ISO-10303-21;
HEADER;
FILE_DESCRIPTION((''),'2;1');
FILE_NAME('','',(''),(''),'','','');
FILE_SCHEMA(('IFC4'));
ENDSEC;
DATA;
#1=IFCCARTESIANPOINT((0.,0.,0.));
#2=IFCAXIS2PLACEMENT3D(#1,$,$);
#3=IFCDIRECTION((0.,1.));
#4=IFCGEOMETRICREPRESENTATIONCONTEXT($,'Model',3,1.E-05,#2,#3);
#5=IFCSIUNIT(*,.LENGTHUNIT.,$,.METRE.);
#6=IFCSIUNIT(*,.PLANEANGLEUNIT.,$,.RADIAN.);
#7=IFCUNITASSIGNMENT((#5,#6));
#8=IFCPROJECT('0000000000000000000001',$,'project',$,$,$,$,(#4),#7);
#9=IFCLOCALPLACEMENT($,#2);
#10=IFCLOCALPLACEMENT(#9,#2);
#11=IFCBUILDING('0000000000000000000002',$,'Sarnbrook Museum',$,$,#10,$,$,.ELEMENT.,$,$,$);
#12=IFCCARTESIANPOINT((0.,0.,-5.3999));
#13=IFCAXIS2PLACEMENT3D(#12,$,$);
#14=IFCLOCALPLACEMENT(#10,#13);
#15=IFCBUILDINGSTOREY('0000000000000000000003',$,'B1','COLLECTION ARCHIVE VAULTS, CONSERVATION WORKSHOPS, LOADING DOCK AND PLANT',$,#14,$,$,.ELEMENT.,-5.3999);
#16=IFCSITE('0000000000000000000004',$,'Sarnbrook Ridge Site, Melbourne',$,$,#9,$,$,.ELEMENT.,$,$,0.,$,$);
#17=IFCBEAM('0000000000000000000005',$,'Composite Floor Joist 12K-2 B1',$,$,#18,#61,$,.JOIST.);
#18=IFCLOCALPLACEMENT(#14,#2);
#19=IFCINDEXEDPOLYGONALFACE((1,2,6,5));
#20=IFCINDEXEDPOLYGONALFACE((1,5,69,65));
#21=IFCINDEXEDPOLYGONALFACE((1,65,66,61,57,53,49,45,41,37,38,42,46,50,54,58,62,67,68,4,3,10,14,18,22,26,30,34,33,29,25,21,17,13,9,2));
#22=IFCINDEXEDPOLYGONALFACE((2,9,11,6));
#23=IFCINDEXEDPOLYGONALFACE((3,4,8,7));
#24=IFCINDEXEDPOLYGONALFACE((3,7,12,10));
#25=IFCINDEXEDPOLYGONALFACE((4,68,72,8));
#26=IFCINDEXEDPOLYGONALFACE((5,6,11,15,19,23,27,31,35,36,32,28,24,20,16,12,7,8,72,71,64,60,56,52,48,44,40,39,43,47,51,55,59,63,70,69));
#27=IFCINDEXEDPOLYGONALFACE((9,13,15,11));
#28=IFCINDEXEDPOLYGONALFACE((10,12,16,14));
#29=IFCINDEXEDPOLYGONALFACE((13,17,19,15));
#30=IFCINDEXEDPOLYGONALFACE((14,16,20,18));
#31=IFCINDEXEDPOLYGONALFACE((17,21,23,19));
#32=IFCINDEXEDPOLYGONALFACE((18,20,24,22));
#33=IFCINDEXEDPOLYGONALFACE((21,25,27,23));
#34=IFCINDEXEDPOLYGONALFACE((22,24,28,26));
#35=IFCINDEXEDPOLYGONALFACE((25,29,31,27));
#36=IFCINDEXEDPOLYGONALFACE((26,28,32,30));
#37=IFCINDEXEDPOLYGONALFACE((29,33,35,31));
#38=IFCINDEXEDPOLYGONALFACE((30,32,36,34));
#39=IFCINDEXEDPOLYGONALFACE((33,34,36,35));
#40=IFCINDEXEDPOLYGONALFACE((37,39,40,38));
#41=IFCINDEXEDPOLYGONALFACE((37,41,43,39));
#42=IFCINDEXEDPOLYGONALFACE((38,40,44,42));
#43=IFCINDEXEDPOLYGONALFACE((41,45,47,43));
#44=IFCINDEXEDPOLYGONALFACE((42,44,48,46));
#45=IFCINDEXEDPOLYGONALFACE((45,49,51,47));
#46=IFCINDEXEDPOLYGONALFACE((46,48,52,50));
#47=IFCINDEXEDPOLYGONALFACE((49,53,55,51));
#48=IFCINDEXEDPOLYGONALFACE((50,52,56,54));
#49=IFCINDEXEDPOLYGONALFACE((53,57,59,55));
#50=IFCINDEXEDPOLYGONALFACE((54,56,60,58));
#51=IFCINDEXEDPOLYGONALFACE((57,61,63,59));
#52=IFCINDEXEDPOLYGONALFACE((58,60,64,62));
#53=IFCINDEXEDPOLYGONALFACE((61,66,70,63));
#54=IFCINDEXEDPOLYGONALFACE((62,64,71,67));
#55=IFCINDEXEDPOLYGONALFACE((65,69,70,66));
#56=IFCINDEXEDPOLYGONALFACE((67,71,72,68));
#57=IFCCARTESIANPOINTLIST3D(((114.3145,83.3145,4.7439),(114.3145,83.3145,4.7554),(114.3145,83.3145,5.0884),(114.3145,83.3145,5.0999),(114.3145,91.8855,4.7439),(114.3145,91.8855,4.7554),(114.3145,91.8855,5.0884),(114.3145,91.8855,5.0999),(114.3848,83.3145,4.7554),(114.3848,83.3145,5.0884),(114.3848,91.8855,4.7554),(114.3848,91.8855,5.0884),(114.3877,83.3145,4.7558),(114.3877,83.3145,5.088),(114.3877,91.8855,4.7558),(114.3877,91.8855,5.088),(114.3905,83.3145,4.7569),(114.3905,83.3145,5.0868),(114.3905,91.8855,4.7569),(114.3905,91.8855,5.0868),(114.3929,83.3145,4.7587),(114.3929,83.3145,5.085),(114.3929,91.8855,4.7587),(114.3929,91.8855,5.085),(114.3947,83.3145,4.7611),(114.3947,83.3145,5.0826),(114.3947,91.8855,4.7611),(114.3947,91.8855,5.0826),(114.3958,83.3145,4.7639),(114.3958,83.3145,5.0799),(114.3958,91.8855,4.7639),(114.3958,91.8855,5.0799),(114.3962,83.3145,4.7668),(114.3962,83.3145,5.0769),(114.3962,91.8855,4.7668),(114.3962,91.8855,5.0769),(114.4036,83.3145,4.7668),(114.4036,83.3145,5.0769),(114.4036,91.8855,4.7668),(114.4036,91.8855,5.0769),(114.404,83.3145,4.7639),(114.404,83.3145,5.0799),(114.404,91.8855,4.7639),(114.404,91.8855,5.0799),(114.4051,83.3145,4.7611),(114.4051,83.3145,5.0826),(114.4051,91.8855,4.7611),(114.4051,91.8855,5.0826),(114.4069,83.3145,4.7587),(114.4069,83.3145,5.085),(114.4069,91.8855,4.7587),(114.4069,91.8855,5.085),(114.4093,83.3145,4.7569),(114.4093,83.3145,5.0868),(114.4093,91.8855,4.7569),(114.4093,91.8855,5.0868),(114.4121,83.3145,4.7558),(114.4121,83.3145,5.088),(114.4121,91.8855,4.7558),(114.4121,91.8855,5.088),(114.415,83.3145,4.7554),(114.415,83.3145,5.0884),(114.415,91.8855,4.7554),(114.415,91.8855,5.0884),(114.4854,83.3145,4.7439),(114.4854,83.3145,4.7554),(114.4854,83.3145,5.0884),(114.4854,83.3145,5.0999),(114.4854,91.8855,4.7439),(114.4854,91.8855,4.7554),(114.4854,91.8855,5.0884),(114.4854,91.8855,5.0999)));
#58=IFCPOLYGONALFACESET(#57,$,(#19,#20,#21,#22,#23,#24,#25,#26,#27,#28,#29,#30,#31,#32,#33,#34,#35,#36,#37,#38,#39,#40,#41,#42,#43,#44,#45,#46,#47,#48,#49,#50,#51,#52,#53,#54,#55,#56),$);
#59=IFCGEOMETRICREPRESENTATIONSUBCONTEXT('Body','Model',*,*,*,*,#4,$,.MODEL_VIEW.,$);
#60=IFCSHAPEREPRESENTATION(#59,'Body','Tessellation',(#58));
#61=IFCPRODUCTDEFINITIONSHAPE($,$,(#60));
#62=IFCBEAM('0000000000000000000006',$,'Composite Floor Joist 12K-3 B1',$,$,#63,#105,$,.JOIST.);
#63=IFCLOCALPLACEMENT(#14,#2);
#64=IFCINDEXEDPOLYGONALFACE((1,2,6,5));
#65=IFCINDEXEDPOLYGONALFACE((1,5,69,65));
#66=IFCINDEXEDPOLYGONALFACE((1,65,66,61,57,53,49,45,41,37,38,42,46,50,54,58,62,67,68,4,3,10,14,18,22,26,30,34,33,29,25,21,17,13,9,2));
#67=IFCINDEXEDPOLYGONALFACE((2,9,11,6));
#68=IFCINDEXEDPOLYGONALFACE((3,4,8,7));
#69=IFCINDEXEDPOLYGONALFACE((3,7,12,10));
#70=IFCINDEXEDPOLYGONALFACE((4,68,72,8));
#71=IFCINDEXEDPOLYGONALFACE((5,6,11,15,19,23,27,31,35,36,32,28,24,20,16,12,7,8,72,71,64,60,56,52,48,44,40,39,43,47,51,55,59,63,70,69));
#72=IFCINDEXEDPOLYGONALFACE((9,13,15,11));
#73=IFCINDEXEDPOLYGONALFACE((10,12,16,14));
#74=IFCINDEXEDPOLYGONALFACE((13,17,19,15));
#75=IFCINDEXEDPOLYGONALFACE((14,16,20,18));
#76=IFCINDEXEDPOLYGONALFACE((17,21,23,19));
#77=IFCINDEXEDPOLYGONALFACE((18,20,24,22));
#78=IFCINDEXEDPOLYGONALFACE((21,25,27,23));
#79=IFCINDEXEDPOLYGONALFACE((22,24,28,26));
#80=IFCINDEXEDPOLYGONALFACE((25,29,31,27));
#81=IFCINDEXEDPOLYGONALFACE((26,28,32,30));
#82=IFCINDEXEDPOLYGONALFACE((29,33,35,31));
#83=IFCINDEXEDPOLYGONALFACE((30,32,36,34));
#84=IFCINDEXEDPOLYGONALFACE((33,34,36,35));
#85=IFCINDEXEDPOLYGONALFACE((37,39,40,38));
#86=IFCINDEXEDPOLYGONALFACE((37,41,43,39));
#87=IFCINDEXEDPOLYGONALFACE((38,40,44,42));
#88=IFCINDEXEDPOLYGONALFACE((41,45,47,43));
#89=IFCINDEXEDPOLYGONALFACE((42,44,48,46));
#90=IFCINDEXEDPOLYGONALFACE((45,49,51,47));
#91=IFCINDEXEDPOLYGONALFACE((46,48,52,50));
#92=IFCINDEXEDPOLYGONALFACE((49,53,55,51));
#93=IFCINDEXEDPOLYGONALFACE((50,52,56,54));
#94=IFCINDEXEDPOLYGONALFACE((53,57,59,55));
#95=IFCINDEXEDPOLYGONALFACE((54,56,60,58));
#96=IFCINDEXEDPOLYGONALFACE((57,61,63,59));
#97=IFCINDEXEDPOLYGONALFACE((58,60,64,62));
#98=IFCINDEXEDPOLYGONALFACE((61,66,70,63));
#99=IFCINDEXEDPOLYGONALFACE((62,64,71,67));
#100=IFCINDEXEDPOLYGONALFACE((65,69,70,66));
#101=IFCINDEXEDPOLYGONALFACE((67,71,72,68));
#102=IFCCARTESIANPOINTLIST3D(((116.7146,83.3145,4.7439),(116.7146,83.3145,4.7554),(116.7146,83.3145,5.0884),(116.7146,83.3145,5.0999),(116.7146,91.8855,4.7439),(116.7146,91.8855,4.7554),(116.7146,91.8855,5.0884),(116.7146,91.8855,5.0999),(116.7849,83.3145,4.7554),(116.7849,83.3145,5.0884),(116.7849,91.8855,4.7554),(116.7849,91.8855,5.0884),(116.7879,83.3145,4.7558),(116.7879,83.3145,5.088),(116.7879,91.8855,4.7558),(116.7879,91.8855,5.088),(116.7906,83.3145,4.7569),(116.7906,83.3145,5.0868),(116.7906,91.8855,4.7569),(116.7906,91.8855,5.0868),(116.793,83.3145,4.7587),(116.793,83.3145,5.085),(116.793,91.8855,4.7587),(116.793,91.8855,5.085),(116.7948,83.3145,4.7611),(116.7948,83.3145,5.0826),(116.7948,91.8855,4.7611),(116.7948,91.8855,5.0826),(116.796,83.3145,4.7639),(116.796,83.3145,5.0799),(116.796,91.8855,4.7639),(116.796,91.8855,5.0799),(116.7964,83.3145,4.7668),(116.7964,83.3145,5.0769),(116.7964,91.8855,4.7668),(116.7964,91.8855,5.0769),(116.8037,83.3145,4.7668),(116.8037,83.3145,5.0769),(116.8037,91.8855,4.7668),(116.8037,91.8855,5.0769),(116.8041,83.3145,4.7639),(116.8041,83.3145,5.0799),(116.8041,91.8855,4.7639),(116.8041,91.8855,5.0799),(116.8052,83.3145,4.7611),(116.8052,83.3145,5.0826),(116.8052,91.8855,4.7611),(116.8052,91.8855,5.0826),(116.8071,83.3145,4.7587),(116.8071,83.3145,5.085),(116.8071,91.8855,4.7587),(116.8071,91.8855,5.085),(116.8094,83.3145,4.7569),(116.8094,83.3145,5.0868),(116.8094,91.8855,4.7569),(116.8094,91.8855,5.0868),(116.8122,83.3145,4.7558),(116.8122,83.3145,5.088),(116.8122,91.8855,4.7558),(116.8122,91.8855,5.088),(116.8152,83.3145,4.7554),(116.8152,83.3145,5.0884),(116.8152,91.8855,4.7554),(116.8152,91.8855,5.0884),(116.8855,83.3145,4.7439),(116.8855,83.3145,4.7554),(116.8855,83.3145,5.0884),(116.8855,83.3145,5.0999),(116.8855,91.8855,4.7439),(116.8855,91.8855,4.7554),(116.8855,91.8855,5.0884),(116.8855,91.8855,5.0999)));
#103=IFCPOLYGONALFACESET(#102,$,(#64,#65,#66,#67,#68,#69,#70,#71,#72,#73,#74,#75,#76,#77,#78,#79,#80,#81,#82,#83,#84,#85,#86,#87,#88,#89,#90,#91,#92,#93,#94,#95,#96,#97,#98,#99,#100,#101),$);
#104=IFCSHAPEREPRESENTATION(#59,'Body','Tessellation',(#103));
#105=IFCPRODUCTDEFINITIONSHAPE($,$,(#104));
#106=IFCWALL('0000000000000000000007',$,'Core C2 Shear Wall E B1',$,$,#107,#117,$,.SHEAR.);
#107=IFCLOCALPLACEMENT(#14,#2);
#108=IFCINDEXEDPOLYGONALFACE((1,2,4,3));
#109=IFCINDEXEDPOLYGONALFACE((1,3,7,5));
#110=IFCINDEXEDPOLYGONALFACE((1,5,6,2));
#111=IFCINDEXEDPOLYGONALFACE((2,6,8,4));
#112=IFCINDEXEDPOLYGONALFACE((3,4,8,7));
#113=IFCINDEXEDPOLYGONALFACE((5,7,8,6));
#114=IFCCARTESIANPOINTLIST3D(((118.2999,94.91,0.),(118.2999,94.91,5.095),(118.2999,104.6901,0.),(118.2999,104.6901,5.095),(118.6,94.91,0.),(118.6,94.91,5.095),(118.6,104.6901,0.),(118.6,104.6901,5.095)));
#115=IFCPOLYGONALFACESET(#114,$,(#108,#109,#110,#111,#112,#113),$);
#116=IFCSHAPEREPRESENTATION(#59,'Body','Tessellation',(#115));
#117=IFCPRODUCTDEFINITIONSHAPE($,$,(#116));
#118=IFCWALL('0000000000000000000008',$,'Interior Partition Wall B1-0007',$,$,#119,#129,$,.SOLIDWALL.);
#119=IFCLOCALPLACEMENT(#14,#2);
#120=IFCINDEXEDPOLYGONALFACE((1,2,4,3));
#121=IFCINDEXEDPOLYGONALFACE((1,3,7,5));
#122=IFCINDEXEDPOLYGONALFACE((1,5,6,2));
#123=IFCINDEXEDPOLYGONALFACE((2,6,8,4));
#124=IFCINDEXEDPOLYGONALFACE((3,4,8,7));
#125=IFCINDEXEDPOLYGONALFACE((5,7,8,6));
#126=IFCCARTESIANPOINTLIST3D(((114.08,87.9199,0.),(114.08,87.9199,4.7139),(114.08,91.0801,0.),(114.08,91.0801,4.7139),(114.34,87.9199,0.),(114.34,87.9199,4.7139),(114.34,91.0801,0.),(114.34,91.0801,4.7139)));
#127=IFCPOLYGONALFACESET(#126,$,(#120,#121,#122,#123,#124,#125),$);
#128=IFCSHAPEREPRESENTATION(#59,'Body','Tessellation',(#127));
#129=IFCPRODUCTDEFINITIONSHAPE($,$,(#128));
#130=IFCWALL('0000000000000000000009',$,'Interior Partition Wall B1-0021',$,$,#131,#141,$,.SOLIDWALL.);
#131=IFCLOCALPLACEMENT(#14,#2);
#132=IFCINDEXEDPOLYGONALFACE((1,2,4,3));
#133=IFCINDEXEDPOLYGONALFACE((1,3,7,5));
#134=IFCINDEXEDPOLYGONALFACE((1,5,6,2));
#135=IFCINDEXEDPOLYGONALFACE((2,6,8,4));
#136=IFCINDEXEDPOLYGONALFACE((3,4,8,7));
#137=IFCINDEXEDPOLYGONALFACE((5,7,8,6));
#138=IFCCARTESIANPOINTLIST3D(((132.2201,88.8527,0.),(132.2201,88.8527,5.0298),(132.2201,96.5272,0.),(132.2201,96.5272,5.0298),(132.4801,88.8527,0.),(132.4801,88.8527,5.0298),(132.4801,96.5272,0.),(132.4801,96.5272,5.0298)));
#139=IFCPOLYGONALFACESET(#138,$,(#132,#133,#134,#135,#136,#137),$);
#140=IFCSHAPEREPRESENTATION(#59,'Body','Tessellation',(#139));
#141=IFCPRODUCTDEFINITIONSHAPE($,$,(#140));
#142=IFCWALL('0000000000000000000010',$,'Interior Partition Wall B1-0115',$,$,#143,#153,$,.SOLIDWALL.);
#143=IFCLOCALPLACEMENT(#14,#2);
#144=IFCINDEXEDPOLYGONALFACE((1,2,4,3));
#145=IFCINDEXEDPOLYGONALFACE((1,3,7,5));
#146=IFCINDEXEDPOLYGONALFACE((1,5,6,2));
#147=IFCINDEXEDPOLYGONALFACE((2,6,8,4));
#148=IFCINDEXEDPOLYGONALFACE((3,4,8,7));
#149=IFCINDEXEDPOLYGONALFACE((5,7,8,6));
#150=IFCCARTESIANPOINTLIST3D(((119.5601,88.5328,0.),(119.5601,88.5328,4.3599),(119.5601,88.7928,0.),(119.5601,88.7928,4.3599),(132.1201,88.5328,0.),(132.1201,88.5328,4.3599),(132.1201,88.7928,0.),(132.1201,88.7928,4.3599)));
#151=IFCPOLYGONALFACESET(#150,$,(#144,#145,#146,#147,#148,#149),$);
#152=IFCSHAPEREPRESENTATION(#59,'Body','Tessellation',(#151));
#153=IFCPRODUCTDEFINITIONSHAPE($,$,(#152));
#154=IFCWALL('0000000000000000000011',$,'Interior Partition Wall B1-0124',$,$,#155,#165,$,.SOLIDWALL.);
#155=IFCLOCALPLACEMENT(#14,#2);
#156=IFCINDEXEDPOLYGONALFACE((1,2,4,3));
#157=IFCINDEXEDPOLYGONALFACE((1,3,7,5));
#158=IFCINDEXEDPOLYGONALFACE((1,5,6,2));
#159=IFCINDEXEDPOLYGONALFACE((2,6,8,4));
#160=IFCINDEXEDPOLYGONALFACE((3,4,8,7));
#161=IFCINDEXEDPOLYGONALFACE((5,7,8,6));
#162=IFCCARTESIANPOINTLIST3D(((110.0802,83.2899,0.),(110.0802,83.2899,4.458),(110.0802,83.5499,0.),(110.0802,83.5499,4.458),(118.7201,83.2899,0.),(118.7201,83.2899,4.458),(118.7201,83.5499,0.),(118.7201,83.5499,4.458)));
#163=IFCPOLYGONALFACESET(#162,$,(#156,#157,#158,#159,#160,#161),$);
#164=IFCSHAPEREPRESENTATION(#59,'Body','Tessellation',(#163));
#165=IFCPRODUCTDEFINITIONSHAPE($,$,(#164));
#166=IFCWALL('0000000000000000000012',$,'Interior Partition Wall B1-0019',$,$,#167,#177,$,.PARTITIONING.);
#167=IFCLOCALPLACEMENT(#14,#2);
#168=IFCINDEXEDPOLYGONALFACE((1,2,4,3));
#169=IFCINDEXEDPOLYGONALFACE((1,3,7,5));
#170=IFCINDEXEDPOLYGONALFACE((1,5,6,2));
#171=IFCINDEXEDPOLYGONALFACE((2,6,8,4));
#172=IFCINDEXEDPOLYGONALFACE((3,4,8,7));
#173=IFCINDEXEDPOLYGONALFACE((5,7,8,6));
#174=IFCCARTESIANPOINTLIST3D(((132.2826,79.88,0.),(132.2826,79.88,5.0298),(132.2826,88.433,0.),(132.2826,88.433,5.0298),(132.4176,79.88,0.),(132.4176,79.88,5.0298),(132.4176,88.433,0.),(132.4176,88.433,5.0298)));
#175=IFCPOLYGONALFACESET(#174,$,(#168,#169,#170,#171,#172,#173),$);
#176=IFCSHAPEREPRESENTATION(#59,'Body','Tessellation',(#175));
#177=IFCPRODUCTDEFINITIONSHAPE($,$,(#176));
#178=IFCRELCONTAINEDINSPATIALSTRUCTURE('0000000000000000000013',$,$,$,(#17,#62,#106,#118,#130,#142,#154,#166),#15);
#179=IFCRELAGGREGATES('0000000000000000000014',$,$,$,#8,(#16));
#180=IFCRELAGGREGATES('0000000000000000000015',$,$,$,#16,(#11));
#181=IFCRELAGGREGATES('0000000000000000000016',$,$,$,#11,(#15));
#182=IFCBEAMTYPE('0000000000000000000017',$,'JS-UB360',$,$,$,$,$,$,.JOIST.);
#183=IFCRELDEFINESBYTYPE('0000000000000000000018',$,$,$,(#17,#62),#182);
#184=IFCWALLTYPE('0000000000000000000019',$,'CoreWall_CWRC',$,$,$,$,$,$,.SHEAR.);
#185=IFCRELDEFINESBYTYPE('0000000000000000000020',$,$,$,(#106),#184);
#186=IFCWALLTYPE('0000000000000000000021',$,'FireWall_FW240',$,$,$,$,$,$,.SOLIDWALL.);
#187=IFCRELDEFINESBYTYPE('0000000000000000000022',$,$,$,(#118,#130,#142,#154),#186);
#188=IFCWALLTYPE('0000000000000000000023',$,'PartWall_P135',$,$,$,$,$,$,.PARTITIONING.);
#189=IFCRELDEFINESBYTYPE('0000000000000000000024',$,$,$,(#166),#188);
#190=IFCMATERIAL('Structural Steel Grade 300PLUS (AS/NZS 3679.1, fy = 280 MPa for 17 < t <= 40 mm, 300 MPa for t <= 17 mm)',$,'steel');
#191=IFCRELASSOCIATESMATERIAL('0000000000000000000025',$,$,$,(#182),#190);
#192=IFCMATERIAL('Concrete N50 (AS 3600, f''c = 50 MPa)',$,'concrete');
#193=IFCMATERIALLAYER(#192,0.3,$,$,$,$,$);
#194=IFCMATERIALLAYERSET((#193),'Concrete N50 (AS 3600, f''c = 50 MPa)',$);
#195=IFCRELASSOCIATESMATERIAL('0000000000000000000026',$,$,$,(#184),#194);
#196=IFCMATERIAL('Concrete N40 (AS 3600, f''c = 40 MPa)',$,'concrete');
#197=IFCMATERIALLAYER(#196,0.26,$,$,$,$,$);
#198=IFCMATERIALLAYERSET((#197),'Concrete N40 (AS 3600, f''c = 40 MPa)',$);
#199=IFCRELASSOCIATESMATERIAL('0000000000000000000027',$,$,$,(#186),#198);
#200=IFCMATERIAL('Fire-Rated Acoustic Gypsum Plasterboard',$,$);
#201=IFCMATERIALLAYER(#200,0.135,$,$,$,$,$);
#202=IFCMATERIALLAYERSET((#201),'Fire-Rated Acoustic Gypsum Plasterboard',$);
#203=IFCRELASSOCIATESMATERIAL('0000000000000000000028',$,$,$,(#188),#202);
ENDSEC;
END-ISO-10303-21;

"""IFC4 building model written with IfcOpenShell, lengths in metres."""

from ifc_helpers import new_model, si_unit, direction, frame, frame_2d, origin, origin_2d, place, context, subcontext, project, spatial, rectangle, i_section, extrude, material, layer, layer_set, material_profile, profile_set, type_object, element, save


model = new_model("IFC4")

# Units and contexts
model_context = context("Model", 3, precision=1e-05, world=origin(), true_north=direction((0.0, 1.0)))
body_context = subcontext(model_context, "Body", "Model", "MODEL_VIEW")
ifc_project = project(units=[si_unit("LENGTHUNIT", "METRE"), si_unit("PLANEANGLEUNIT", "RADIAN")], contexts=[model_context])

# Site, building, storey
site_placement = place(None, origin())
site = spatial("IfcSite", under=ifc_project, at=site_placement, Name="Sarnbrook Ridge Site, Melbourne", CompositionType="ELEMENT", RefElevation=0.0)
building_placement = place(site_placement, origin())
building = spatial("IfcBuilding", under=site, at=building_placement, Name="Sarnbrook Museum", CompositionType="ELEMENT")
storey_placement = place(building_placement, frame((0.0, 0.0, -5.3999)))
storey = spatial("IfcBuildingStorey", under=building, at=storey_placement, Name="B1", Description="COLLECTION ARCHIVE VAULTS, CONSERVATION WORKSHOPS, LOADING DOCK AND PLANT", CompositionType="ELEMENT", Elevation=-5.3999)

# Shared definitions
ifc_material_1 = material(Name="Concrete N50 (AS 3600, f'c = 50 MPa)", Category="concrete")

# Shared definitions
ifc_material_2 = material(Name="Concrete N40 (AS 3600, f'c = 40 MPa)", Category="concrete")

# Beams
ifc_material_3 = material(Name="Structural Steel Grade 300PLUS (AS/NZS 3679.1, fy = 280 MPa for 17 < t <= 40 mm, 300 MPa for t <= 17 mm)", Category="steel")
ifc_material_profile_1 = material_profile(ifc_material_3, i_section(OverallWidth=0.1709, OverallDepth=0.356, WebThickness=0.0073, FlangeThickness=0.0115, FilletRadius=0.0115, at=origin_2d()), Name="360UB50.7")
ifc_profile_set_1 = profile_set([ifc_material_profile_1], Name="Structural Steel Grade 300PLUS (AS/NZS 3679.1, fy = 280 MPa for 17 < t <= 40 mm, 300 MPa for t <= 17 mm)")
beam_type_1 = type_object("IfcBeamType", Name="JS-UB360", PredefinedType="JOIST", material=ifc_profile_set_1)
for number, where, z_axis, x_axis, name in (
    (1, (114.3999, 83.3145, 4.9219), (0.0, 1.0, 0.0), (-1.0, 0.0, 0.0), "Composite Floor Joist 12K-2 B1"),
    (2, (116.8, 83.3145, 4.9219), (0.0, 1.0, 0.0), (-1.0, 0.0, 0.0), "Composite Floor Joist 12K-3 B1"),
):
    element("IfcBeam", number, at=place(storey_placement, frame(where, z_axis=z_axis, x_axis=x_axis)), inside=storey, type_object=beam_type_1, Name=name, PredefinedType="JOIST", context=body_context, shape_type="SweptSolid", body=[
        extrude(i_section(OverallWidth=0.1709, OverallDepth=0.356, WebThickness=0.0073, FlangeThickness=0.0115, FilletRadius=0.0115, at=origin_2d()), origin(), (0.0, 0.0, 1.0), 8.571),
    ])

# Walls
ifc_layer_1 = layer(ifc_material_1, 0.3)
ifc_layer_set_1 = layer_set([ifc_layer_1], Name="Concrete N50 (AS 3600, f'c = 50 MPa)")
wall_type_1 = type_object("IfcWallType", Name="CoreWall_CWRC", PredefinedType="SHEAR", material=ifc_layer_set_1)
wall_1_placement = place(storey_placement, frame((118.45, 94.9099, 0.0), z_axis=(0.0, 0.0, 1.0), x_axis=(0.0, 1.0, 0.0)))
element("IfcWall", 3, at=wall_1_placement, inside=storey, type_object=wall_type_1, Name="Core C2 Shear Wall E B1", PredefinedType="SHEAR", context=body_context, shape_type="SweptSolid", body=[
    extrude(rectangle(XDim=9.78, YDim=0.3, at=frame_2d((4.8901, 0.0))), origin(), (0.0, 0.0, 1.0), 5.095),
])
ifc_layer_2 = layer(ifc_material_2, 0.26)
ifc_layer_set_2 = layer_set([ifc_layer_2], Name="Concrete N40 (AS 3600, f'c = 40 MPa)")
wall_type_2 = type_object("IfcWallType", Name="FireWall_FW240", PredefinedType="SOLIDWALL", material=ifc_layer_set_2)
wall_2_placement = place(storey_placement, frame((114.21, 91.0801, 0.0), z_axis=(0.0, 0.0, 1.0), x_axis=(0.0, -1.0, 0.0)))
element("IfcWall", 4, at=wall_2_placement, inside=storey, type_object=wall_type_2, Name="Interior Partition Wall B1-0007", PredefinedType="SOLIDWALL", context=body_context, shape_type="SweptSolid", body=[
    extrude(rectangle(XDim=3.1602, YDim=0.26, at=frame_2d((1.5801, 0.0))), origin(), (0.0, 0.0, 1.0), 4.7139),
])
wall_3_placement = place(storey_placement, frame((132.3501, 96.5273, 0.0), z_axis=(0.0, 0.0, 1.0), x_axis=(0.0, -1.0, 0.0)))
element("IfcWall", 5, at=wall_3_placement, inside=storey, type_object=wall_type_2, Name="Interior Partition Wall B1-0021", PredefinedType="SOLIDWALL", context=body_context, shape_type="SweptSolid", body=[
    extrude(rectangle(XDim=7.6746, YDim=0.26, at=frame_2d((3.8374, 0.0))), origin(), (0.0, 0.0, 1.0), 5.0298),
])
wall_4_placement = place(storey_placement, frame((119.5601, 88.6628, 0.0), z_axis=(0.0, 0.0, 1.0), x_axis=(1.0, 0.0, 0.0)))
element("IfcWall", 6, at=wall_4_placement, inside=storey, type_object=wall_type_2, Name="Interior Partition Wall B1-0115", PredefinedType="SOLIDWALL", context=body_context, shape_type="SweptSolid", body=[
    extrude(rectangle(XDim=12.5601, YDim=0.26, at=frame_2d((6.28, 0.0))), origin(), (0.0, 0.0, 1.0), 4.3599),
])
wall_5_placement = place(storey_placement, frame((118.72, 83.4199, 0.0), z_axis=(0.0, 0.0, 1.0), x_axis=(-1.0, 0.0, 0.0)))
element("IfcWall", 7, at=wall_5_placement, inside=storey, type_object=wall_type_2, Name="Interior Partition Wall B1-0124", PredefinedType="SOLIDWALL", context=body_context, shape_type="SweptSolid", body=[
    extrude(rectangle(XDim=8.6399, YDim=0.26, at=frame_2d((4.3198, 0.0))), origin(), (0.0, 0.0, 1.0), 4.458),
])
ifc_material_4 = material(Name="Fire-Rated Acoustic Gypsum Plasterboard")
ifc_layer_3 = layer(ifc_material_4, 0.135)
ifc_layer_set_3 = layer_set([ifc_layer_3], Name="Fire-Rated Acoustic Gypsum Plasterboard")
wall_type_3 = type_object("IfcWallType", Name="PartWall_P135", PredefinedType="PARTITIONING", material=ifc_layer_set_3)
wall_6_placement = place(storey_placement, frame((132.3501, 88.4329, 0.0), z_axis=(0.0, 0.0, 1.0), x_axis=(0.0, -1.0, 0.0)))
element("IfcWall", 8, at=wall_6_placement, inside=storey, type_object=wall_type_3, Name="Interior Partition Wall B1-0019", PredefinedType="PARTITIONING", context=body_context, shape_type="SweptSolid", body=[
    extrude(rectangle(XDim=8.553, YDim=0.135, at=frame_2d((4.2764, 0.0))), origin(), (0.0, 0.0, 1.0), 5.0298),
])

save(model, "model.ifc")
